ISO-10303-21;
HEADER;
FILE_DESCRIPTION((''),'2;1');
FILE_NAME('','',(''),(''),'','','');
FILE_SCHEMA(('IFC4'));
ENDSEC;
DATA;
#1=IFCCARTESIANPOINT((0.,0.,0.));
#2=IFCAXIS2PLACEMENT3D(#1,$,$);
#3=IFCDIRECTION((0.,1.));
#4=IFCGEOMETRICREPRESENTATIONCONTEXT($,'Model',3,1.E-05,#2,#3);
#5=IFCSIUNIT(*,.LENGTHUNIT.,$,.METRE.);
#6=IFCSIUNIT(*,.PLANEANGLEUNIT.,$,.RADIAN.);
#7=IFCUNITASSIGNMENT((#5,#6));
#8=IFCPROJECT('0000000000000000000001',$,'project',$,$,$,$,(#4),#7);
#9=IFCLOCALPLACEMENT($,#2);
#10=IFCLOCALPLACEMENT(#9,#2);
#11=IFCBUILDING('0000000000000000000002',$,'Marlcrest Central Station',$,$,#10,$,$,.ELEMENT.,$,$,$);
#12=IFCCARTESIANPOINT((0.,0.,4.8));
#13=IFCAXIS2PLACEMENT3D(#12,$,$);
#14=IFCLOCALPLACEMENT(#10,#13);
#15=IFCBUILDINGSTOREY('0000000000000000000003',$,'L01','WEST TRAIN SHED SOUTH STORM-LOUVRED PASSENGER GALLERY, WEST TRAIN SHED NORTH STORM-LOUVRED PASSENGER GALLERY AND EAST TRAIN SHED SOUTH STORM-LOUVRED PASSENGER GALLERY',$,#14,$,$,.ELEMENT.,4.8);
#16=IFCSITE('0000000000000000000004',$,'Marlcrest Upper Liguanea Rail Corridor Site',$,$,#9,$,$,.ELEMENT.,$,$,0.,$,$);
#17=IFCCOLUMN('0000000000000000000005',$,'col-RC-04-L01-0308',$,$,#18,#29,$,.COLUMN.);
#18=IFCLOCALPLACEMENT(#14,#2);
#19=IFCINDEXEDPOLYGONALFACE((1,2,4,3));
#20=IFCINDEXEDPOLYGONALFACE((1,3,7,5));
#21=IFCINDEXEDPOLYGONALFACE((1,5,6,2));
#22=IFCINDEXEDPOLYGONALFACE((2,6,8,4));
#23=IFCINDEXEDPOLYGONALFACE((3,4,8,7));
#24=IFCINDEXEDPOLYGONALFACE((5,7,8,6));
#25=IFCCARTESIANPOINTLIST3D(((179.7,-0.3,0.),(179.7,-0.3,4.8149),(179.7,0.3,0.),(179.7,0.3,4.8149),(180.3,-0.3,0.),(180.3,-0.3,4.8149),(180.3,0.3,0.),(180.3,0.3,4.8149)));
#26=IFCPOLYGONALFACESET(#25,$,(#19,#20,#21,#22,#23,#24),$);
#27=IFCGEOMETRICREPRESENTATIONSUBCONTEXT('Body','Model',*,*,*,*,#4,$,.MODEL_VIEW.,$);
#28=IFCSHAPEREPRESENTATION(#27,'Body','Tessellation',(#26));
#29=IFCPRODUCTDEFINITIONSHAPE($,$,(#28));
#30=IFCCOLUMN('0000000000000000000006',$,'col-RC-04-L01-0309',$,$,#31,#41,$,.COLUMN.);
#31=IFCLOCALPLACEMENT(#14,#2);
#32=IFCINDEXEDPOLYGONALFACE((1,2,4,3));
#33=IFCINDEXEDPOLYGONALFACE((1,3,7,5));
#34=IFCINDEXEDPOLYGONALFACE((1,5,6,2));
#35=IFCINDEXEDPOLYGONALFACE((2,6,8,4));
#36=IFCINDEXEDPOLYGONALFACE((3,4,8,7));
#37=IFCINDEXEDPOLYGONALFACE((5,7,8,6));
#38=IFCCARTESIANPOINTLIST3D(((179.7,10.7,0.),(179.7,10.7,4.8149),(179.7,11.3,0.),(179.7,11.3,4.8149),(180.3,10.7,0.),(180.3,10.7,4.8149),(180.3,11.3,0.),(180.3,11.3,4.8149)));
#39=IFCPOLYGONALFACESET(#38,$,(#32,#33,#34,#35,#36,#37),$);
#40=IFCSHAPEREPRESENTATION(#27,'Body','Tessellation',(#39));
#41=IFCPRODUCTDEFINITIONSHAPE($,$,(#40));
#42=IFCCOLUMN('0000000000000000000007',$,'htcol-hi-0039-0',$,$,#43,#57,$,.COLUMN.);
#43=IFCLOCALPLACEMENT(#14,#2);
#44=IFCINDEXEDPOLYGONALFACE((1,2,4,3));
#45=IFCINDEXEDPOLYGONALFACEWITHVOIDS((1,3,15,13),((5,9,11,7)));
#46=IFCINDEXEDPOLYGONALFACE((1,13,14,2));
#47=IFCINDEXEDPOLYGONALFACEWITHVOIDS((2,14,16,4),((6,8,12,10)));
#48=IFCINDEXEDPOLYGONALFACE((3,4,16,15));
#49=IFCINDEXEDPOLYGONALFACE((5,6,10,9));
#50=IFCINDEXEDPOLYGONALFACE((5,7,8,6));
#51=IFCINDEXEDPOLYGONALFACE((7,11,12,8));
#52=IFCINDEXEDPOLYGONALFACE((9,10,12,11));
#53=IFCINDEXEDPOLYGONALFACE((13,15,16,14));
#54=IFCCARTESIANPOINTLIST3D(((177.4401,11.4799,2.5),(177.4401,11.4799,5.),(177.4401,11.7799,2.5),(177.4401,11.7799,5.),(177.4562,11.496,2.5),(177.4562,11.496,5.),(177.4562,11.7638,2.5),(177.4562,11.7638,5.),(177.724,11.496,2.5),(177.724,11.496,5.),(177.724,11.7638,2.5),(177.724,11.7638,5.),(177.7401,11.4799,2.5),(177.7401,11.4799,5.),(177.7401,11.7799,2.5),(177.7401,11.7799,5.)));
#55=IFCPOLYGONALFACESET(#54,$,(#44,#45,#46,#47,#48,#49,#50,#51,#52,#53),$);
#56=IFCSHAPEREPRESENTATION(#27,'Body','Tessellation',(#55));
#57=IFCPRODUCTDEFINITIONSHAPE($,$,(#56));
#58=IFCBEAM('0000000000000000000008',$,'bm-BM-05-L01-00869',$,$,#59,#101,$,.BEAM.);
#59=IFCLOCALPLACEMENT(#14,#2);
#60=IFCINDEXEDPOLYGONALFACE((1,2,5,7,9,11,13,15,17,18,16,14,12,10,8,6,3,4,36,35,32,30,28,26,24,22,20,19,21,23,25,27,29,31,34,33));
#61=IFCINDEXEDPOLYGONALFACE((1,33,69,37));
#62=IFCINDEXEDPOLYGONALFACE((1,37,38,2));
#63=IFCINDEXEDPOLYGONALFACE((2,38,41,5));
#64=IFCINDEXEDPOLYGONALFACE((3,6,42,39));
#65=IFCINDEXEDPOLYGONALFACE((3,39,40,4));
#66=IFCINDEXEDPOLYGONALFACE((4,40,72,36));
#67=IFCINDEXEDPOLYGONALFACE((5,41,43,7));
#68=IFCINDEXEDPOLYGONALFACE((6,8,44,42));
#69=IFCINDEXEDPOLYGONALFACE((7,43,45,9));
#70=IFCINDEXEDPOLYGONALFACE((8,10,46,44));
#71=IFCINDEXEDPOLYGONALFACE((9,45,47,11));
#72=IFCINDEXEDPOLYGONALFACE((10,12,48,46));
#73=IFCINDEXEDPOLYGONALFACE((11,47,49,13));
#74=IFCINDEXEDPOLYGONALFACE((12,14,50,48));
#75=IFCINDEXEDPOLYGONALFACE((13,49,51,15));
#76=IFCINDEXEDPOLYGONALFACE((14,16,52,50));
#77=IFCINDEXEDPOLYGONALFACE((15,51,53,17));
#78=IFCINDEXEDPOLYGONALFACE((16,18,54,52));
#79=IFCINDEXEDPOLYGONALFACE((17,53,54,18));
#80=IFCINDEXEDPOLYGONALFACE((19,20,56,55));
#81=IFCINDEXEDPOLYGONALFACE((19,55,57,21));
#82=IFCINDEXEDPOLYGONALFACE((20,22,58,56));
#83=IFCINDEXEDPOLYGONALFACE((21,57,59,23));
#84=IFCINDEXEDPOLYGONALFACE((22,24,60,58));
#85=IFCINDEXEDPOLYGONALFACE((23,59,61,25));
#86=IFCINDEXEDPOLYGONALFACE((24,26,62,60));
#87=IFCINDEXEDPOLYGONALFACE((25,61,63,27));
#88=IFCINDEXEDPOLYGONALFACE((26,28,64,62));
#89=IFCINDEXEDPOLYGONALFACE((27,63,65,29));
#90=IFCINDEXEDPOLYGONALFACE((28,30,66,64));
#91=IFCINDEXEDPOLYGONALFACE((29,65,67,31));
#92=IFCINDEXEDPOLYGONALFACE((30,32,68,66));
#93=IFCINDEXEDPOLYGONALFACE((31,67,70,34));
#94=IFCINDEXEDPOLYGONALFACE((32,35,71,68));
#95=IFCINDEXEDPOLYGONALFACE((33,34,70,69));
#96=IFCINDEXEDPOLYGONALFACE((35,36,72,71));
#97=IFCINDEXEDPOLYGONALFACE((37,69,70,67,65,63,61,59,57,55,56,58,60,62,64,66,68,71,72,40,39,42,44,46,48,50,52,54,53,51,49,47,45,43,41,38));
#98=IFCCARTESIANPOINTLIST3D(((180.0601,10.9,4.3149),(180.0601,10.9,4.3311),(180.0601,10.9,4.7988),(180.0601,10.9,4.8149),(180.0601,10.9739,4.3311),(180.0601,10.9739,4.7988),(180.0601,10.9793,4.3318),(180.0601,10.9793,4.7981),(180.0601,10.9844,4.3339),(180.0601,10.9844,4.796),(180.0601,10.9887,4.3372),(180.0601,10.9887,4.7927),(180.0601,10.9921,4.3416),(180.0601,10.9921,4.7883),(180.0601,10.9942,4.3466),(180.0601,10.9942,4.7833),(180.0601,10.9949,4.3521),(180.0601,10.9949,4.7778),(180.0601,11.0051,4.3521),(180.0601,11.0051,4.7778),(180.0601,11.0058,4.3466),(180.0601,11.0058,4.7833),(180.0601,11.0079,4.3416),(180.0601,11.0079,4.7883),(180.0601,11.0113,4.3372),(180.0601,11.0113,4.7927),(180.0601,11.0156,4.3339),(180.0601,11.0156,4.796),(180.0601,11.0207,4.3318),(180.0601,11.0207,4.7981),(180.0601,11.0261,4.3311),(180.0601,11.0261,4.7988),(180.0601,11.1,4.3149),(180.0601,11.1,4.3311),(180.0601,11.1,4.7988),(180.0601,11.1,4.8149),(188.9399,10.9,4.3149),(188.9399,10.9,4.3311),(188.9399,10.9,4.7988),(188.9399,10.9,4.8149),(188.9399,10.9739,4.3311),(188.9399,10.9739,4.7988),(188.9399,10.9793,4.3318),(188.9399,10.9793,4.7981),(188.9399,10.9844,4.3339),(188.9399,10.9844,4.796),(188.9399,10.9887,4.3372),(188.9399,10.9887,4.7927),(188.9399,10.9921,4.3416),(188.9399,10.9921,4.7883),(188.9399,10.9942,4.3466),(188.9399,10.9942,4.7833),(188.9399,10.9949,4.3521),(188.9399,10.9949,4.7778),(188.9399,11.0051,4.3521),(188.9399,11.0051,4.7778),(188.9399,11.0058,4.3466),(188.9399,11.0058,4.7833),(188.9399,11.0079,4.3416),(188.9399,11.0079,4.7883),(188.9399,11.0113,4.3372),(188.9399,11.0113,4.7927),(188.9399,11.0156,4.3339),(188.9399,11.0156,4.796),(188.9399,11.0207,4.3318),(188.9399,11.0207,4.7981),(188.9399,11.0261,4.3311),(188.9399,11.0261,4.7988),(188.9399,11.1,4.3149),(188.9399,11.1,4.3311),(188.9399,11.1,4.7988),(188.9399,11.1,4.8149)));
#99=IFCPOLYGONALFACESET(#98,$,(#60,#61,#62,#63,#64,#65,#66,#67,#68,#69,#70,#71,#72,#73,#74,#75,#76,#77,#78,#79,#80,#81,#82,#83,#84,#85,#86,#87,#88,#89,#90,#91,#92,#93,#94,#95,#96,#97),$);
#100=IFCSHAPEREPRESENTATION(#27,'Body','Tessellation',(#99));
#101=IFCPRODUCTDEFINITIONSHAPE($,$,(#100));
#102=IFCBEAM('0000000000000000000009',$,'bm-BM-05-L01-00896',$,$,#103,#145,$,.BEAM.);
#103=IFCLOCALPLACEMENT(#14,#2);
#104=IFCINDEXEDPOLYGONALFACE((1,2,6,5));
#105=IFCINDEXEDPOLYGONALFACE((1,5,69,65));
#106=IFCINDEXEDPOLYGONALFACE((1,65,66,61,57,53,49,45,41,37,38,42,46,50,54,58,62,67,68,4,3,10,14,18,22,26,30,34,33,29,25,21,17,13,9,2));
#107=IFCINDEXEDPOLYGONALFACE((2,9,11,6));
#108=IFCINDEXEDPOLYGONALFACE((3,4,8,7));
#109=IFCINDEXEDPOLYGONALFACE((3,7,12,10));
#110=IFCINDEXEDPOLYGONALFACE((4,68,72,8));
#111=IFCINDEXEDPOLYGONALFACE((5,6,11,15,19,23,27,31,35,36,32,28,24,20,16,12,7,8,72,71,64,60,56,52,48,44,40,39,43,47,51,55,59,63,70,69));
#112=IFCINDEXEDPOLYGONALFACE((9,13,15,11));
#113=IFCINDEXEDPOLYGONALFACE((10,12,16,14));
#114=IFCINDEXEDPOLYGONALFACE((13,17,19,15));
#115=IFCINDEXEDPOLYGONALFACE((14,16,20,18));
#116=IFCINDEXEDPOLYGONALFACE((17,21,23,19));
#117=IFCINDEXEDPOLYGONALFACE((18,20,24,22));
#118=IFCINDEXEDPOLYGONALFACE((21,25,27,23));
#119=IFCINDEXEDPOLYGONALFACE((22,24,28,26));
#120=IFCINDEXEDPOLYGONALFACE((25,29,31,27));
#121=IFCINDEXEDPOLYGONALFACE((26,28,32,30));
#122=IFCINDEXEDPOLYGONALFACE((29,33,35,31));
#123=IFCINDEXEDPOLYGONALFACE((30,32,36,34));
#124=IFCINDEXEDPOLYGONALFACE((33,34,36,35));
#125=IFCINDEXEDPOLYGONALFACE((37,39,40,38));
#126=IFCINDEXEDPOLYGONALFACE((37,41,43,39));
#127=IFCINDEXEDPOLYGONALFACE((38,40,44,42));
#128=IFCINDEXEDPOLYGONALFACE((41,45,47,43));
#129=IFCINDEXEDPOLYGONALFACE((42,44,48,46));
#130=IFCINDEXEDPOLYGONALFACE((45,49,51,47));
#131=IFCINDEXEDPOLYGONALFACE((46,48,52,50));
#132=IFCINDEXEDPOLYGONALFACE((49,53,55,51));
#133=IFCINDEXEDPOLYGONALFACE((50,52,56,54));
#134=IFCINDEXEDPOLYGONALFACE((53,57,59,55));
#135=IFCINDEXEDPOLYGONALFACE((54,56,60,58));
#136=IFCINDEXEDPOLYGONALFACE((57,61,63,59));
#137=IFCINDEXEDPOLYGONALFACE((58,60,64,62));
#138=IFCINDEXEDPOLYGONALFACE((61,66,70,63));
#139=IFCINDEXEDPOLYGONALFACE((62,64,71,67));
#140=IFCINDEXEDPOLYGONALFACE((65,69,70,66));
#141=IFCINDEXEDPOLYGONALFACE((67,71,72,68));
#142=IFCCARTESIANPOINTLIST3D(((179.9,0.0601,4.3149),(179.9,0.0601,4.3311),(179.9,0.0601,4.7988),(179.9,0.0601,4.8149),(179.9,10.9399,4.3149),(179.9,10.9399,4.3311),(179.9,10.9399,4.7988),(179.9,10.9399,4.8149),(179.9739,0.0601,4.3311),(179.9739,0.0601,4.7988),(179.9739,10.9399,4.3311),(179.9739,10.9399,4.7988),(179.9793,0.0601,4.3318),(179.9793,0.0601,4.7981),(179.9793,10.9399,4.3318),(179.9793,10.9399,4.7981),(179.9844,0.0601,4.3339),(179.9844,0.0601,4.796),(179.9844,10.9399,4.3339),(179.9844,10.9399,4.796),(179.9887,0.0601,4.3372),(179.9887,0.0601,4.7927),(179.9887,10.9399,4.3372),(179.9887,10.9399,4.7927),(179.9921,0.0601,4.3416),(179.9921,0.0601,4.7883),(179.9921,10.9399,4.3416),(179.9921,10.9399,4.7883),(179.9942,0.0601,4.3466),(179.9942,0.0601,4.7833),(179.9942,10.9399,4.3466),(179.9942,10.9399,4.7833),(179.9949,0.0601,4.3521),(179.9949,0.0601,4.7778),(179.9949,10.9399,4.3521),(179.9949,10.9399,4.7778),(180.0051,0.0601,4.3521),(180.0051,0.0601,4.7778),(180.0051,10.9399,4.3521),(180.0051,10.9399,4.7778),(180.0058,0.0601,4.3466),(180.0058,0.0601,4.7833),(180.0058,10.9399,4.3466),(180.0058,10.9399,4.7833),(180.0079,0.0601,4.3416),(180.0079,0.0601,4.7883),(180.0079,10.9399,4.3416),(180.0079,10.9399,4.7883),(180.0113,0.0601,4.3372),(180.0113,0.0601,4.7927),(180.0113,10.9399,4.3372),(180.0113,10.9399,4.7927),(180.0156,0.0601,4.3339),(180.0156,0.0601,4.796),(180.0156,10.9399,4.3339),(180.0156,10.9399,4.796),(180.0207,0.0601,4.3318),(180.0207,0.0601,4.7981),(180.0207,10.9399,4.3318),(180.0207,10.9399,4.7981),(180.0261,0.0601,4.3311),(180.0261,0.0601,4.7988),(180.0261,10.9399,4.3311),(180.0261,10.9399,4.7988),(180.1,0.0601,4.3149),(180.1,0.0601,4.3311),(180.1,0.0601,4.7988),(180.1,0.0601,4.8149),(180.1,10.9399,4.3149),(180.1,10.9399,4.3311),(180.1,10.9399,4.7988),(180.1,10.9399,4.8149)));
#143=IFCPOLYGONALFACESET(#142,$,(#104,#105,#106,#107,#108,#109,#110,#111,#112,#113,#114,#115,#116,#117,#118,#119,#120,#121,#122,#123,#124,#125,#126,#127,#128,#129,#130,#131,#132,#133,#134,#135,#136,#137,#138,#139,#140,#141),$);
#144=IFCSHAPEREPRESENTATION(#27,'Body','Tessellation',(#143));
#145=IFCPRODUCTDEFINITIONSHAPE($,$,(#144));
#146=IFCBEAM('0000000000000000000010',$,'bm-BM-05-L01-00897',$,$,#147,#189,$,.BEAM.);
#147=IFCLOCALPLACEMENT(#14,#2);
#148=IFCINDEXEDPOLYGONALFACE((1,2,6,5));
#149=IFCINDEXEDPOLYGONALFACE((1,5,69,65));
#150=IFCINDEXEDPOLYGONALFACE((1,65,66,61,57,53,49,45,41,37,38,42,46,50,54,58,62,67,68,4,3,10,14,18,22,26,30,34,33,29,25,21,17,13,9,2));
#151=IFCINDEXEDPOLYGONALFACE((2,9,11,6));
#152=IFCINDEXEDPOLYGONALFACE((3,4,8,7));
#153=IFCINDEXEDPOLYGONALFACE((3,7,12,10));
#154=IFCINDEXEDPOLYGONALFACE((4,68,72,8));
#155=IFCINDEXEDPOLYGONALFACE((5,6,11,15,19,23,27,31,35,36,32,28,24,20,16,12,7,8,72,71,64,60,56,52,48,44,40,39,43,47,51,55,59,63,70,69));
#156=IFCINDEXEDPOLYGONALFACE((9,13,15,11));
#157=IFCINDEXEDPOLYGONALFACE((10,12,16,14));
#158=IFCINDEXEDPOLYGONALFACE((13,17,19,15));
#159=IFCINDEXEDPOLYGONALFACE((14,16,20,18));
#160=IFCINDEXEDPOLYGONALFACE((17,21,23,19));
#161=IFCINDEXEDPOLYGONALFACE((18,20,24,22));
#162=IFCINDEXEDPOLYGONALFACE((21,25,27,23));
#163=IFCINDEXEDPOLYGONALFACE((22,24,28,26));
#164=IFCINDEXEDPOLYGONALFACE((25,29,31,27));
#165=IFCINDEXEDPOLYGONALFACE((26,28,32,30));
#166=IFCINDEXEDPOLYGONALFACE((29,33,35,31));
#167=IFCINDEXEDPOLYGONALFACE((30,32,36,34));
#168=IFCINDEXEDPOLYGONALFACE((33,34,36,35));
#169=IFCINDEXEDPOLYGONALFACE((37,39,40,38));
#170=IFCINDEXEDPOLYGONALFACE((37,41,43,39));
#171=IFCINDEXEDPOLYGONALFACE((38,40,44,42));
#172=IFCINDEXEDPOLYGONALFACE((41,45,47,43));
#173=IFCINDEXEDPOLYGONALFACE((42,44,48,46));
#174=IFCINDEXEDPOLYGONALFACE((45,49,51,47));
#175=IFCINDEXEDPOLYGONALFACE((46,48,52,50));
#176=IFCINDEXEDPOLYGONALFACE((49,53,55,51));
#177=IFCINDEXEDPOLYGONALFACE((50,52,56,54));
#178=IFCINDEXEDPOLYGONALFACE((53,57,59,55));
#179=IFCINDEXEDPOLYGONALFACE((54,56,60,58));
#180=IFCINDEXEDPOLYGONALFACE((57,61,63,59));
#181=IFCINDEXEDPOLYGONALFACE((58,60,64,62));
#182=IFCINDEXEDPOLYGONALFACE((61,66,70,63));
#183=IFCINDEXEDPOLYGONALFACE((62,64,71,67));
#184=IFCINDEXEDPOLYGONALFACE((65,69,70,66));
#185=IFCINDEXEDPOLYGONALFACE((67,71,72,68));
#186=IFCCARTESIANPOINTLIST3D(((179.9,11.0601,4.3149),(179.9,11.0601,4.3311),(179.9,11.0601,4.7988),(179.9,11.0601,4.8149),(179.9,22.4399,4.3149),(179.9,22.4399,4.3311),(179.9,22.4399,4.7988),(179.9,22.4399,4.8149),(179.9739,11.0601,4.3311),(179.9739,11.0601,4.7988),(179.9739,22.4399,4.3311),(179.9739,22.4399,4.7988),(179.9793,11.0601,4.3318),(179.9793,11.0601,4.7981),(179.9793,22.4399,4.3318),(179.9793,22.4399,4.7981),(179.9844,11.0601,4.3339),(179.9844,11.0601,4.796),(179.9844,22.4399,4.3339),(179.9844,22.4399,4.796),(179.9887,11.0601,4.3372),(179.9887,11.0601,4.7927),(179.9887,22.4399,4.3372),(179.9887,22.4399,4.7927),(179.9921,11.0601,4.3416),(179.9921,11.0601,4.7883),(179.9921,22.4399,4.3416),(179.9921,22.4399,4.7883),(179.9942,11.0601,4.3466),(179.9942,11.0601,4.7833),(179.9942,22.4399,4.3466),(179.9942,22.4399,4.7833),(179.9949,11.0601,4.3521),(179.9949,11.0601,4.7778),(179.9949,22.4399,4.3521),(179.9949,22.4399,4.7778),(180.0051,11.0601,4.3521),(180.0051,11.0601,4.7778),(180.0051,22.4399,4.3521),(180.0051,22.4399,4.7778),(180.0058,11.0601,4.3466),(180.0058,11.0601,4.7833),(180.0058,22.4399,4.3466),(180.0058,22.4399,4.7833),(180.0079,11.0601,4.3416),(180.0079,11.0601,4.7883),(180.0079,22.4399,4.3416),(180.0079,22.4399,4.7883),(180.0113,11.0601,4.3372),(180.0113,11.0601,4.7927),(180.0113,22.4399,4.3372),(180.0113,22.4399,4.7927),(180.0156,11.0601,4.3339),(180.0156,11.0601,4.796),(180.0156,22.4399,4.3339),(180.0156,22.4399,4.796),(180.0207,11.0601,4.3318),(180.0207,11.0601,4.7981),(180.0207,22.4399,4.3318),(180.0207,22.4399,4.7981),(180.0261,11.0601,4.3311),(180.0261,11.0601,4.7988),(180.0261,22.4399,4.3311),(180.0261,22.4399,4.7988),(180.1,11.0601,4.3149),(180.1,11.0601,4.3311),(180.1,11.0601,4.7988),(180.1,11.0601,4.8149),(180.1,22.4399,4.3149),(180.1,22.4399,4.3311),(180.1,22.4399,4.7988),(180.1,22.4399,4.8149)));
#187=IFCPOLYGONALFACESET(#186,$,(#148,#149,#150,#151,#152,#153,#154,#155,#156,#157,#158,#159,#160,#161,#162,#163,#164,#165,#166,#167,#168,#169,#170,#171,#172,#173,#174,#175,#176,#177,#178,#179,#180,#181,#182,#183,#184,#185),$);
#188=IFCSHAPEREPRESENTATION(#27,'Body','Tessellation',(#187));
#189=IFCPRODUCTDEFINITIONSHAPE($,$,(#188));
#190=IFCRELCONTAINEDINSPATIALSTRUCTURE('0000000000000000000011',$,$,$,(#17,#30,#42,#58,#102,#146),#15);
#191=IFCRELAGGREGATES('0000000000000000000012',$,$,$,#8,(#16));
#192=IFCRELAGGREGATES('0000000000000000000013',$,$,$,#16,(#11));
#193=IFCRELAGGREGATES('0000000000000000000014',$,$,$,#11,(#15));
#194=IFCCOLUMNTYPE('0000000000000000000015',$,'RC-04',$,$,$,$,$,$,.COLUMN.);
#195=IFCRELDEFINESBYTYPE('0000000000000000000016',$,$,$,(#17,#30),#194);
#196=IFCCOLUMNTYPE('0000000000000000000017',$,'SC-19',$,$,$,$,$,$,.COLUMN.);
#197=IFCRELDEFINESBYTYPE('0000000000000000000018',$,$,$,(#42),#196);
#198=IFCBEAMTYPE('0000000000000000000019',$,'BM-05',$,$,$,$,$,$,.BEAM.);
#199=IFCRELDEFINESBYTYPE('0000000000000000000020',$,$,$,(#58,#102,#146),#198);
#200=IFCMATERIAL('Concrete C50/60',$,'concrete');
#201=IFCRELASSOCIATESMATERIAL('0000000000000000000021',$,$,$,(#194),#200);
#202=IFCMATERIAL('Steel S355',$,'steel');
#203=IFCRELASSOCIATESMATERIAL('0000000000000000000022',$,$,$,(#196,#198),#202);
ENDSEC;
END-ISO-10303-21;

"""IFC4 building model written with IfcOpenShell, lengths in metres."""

from ifc_helpers import new_model, si_unit, direction, frame, origin, origin_2d, place, context, subcontext, project, spatial, rectangle, hollow_rectangle, i_section, extrude, material, material_profile, profile_set, type_object, element, save


model = new_model("IFC4")

# Units and contexts
model_context = context("Model", 3, precision=1e-05, world=origin(), true_north=direction((0.0, 1.0)))
body_context = subcontext(model_context, "Body", "Model", "MODEL_VIEW")
ifc_project = project(units=[si_unit("LENGTHUNIT", "METRE"), si_unit("PLANEANGLEUNIT", "RADIAN")], contexts=[model_context])

# Site, building, storey
site_placement = place(None, origin())
site = spatial("IfcSite", under=ifc_project, at=site_placement, Name="Marlcrest Upper Liguanea Rail Corridor Site", CompositionType="ELEMENT", RefElevation=0.0)
building_placement = place(site_placement, origin())
building = spatial("IfcBuilding", under=site, at=building_placement, Name="Marlcrest Central Station", CompositionType="ELEMENT")
storey_placement = place(building_placement, frame((0.0, 0.0, 4.8)))
storey = spatial("IfcBuildingStorey", under=building, at=storey_placement, Name="L01", Description="WEST TRAIN SHED SOUTH STORM-LOUVRED PASSENGER GALLERY, WEST TRAIN SHED NORTH STORM-LOUVRED PASSENGER GALLERY AND EAST TRAIN SHED SOUTH STORM-LOUVRED PASSENGER GALLERY", CompositionType="ELEMENT", Elevation=4.8)

# Columns
ifc_material_1 = material(Name="Concrete C50/60", Category="concrete")
ifc_material_profile_1 = material_profile(ifc_material_1, rectangle(XDim=0.6001, YDim=0.6001, at=origin_2d()), Name="RC 600x600")
ifc_profile_set_1 = profile_set([ifc_material_profile_1], Name="Concrete C50/60")
column_type_1 = type_object("IfcColumnType", Name="RC-04", PredefinedType="COLUMN", material=ifc_profile_set_1)
for number, where, z_axis, x_axis, name in (
    (1, (180.0, 0.0, 0.0), (0.0, 0.0, 1.0), (1.0, 0.0, 0.0), "col-RC-04-L01-0308"),
    (2, (180.0, 11.0, 0.0), (0.0, 0.0, 1.0), (1.0, 0.0, 0.0), "col-RC-04-L01-0309"),
):
    element("IfcColumn", number, at=place(storey_placement, frame(where, z_axis=z_axis, x_axis=x_axis)), inside=storey, type_object=column_type_1, Name=name, PredefinedType="COLUMN", context=body_context, shape_type="SweptSolid", body=[
        extrude(rectangle(XDim=0.6001, YDim=0.6001, at=origin_2d()), origin(), (0.0, 0.0, 1.0), 4.8149),
    ])
ifc_material_2 = material(Name="Steel S355", Category="steel")
ifc_material_profile_2 = material_profile(ifc_material_2, hollow_rectangle(XDim=0.3, YDim=0.3, WallThickness=0.0161, at=origin_2d()), Name="SHS 300x300x16")
ifc_profile_set_2 = profile_set([ifc_material_profile_2], Name="Steel S355")
column_type_2 = type_object("IfcColumnType", Name="SC-19", PredefinedType="COLUMN", material=ifc_profile_set_2)
column_placement = place(storey_placement, frame((177.5901, 11.6299, 2.5), z_axis=(0.0, 0.0, 1.0), x_axis=(1.0, 0.0, 0.0)))
element("IfcColumn", 3, at=column_placement, inside=storey, type_object=column_type_2, Name="htcol-hi-0039-0", PredefinedType="COLUMN", context=body_context, shape_type="SweptSolid", body=[
    extrude(hollow_rectangle(XDim=0.3, YDim=0.3, WallThickness=0.0161, at=origin_2d()), origin(), (0.0, 0.0, 1.0), 2.5),
])

# Beams
ifc_material_profile_3 = material_profile(ifc_material_2, i_section(OverallWidth=0.2, OverallDepth=0.5, WebThickness=0.0103, FlangeThickness=0.0161, FilletRadius=0.021, at=origin_2d()), Name="IPE 500")
ifc_profile_set_3 = profile_set([ifc_material_profile_3], Name="Steel S355")
beam_type_1 = type_object("IfcBeamType", Name="BM-05", PredefinedType="BEAM", material=ifc_profile_set_3)
beam_1_placement = place(storey_placement, frame((180.0601, 11.0, 4.5649), z_axis=(1.0, 0.0, 0.0), x_axis=(0.0, 1.0, 0.0)))
element("IfcBeam", 4, at=beam_1_placement, inside=storey, type_object=beam_type_1, Name="bm-BM-05-L01-00869", PredefinedType="BEAM", context=body_context, shape_type="SweptSolid", body=[
    extrude(i_section(OverallWidth=0.2, OverallDepth=0.5, WebThickness=0.0103, FlangeThickness=0.0161, FilletRadius=0.021, at=origin_2d()), origin(), (0.0, 0.0, 1.0), 8.8799),
])
beam_2_placement = place(storey_placement, frame((180.0, 0.0601, 4.5649), z_axis=(0.0, 1.0, 0.0), x_axis=(-1.0, 0.0, 0.0)))
element("IfcBeam", 5, at=beam_2_placement, inside=storey, type_object=beam_type_1, Name="bm-BM-05-L01-00896", PredefinedType="BEAM", context=body_context, shape_type="SweptSolid", body=[
    extrude(i_section(OverallWidth=0.2, OverallDepth=0.5, WebThickness=0.0103, FlangeThickness=0.0161, FilletRadius=0.021, at=origin_2d()), origin(), (0.0, 0.0, 1.0), 10.8799),
])
beam_3_placement = place(storey_placement, frame((180.0, 11.0601, 4.5649), z_axis=(0.0, 1.0, 0.0), x_axis=(-1.0, 0.0, 0.0)))
element("IfcBeam", 6, at=beam_3_placement, inside=storey, type_object=beam_type_1, Name="bm-BM-05-L01-00897", PredefinedType="BEAM", context=body_context, shape_type="SweptSolid", body=[
    extrude(i_section(OverallWidth=0.2, OverallDepth=0.5, WebThickness=0.0103, FlangeThickness=0.0161, FilletRadius=0.021, at=origin_2d()), origin(), (0.0, 0.0, 1.0), 11.3799),
])

save(model, "model.ifc")
